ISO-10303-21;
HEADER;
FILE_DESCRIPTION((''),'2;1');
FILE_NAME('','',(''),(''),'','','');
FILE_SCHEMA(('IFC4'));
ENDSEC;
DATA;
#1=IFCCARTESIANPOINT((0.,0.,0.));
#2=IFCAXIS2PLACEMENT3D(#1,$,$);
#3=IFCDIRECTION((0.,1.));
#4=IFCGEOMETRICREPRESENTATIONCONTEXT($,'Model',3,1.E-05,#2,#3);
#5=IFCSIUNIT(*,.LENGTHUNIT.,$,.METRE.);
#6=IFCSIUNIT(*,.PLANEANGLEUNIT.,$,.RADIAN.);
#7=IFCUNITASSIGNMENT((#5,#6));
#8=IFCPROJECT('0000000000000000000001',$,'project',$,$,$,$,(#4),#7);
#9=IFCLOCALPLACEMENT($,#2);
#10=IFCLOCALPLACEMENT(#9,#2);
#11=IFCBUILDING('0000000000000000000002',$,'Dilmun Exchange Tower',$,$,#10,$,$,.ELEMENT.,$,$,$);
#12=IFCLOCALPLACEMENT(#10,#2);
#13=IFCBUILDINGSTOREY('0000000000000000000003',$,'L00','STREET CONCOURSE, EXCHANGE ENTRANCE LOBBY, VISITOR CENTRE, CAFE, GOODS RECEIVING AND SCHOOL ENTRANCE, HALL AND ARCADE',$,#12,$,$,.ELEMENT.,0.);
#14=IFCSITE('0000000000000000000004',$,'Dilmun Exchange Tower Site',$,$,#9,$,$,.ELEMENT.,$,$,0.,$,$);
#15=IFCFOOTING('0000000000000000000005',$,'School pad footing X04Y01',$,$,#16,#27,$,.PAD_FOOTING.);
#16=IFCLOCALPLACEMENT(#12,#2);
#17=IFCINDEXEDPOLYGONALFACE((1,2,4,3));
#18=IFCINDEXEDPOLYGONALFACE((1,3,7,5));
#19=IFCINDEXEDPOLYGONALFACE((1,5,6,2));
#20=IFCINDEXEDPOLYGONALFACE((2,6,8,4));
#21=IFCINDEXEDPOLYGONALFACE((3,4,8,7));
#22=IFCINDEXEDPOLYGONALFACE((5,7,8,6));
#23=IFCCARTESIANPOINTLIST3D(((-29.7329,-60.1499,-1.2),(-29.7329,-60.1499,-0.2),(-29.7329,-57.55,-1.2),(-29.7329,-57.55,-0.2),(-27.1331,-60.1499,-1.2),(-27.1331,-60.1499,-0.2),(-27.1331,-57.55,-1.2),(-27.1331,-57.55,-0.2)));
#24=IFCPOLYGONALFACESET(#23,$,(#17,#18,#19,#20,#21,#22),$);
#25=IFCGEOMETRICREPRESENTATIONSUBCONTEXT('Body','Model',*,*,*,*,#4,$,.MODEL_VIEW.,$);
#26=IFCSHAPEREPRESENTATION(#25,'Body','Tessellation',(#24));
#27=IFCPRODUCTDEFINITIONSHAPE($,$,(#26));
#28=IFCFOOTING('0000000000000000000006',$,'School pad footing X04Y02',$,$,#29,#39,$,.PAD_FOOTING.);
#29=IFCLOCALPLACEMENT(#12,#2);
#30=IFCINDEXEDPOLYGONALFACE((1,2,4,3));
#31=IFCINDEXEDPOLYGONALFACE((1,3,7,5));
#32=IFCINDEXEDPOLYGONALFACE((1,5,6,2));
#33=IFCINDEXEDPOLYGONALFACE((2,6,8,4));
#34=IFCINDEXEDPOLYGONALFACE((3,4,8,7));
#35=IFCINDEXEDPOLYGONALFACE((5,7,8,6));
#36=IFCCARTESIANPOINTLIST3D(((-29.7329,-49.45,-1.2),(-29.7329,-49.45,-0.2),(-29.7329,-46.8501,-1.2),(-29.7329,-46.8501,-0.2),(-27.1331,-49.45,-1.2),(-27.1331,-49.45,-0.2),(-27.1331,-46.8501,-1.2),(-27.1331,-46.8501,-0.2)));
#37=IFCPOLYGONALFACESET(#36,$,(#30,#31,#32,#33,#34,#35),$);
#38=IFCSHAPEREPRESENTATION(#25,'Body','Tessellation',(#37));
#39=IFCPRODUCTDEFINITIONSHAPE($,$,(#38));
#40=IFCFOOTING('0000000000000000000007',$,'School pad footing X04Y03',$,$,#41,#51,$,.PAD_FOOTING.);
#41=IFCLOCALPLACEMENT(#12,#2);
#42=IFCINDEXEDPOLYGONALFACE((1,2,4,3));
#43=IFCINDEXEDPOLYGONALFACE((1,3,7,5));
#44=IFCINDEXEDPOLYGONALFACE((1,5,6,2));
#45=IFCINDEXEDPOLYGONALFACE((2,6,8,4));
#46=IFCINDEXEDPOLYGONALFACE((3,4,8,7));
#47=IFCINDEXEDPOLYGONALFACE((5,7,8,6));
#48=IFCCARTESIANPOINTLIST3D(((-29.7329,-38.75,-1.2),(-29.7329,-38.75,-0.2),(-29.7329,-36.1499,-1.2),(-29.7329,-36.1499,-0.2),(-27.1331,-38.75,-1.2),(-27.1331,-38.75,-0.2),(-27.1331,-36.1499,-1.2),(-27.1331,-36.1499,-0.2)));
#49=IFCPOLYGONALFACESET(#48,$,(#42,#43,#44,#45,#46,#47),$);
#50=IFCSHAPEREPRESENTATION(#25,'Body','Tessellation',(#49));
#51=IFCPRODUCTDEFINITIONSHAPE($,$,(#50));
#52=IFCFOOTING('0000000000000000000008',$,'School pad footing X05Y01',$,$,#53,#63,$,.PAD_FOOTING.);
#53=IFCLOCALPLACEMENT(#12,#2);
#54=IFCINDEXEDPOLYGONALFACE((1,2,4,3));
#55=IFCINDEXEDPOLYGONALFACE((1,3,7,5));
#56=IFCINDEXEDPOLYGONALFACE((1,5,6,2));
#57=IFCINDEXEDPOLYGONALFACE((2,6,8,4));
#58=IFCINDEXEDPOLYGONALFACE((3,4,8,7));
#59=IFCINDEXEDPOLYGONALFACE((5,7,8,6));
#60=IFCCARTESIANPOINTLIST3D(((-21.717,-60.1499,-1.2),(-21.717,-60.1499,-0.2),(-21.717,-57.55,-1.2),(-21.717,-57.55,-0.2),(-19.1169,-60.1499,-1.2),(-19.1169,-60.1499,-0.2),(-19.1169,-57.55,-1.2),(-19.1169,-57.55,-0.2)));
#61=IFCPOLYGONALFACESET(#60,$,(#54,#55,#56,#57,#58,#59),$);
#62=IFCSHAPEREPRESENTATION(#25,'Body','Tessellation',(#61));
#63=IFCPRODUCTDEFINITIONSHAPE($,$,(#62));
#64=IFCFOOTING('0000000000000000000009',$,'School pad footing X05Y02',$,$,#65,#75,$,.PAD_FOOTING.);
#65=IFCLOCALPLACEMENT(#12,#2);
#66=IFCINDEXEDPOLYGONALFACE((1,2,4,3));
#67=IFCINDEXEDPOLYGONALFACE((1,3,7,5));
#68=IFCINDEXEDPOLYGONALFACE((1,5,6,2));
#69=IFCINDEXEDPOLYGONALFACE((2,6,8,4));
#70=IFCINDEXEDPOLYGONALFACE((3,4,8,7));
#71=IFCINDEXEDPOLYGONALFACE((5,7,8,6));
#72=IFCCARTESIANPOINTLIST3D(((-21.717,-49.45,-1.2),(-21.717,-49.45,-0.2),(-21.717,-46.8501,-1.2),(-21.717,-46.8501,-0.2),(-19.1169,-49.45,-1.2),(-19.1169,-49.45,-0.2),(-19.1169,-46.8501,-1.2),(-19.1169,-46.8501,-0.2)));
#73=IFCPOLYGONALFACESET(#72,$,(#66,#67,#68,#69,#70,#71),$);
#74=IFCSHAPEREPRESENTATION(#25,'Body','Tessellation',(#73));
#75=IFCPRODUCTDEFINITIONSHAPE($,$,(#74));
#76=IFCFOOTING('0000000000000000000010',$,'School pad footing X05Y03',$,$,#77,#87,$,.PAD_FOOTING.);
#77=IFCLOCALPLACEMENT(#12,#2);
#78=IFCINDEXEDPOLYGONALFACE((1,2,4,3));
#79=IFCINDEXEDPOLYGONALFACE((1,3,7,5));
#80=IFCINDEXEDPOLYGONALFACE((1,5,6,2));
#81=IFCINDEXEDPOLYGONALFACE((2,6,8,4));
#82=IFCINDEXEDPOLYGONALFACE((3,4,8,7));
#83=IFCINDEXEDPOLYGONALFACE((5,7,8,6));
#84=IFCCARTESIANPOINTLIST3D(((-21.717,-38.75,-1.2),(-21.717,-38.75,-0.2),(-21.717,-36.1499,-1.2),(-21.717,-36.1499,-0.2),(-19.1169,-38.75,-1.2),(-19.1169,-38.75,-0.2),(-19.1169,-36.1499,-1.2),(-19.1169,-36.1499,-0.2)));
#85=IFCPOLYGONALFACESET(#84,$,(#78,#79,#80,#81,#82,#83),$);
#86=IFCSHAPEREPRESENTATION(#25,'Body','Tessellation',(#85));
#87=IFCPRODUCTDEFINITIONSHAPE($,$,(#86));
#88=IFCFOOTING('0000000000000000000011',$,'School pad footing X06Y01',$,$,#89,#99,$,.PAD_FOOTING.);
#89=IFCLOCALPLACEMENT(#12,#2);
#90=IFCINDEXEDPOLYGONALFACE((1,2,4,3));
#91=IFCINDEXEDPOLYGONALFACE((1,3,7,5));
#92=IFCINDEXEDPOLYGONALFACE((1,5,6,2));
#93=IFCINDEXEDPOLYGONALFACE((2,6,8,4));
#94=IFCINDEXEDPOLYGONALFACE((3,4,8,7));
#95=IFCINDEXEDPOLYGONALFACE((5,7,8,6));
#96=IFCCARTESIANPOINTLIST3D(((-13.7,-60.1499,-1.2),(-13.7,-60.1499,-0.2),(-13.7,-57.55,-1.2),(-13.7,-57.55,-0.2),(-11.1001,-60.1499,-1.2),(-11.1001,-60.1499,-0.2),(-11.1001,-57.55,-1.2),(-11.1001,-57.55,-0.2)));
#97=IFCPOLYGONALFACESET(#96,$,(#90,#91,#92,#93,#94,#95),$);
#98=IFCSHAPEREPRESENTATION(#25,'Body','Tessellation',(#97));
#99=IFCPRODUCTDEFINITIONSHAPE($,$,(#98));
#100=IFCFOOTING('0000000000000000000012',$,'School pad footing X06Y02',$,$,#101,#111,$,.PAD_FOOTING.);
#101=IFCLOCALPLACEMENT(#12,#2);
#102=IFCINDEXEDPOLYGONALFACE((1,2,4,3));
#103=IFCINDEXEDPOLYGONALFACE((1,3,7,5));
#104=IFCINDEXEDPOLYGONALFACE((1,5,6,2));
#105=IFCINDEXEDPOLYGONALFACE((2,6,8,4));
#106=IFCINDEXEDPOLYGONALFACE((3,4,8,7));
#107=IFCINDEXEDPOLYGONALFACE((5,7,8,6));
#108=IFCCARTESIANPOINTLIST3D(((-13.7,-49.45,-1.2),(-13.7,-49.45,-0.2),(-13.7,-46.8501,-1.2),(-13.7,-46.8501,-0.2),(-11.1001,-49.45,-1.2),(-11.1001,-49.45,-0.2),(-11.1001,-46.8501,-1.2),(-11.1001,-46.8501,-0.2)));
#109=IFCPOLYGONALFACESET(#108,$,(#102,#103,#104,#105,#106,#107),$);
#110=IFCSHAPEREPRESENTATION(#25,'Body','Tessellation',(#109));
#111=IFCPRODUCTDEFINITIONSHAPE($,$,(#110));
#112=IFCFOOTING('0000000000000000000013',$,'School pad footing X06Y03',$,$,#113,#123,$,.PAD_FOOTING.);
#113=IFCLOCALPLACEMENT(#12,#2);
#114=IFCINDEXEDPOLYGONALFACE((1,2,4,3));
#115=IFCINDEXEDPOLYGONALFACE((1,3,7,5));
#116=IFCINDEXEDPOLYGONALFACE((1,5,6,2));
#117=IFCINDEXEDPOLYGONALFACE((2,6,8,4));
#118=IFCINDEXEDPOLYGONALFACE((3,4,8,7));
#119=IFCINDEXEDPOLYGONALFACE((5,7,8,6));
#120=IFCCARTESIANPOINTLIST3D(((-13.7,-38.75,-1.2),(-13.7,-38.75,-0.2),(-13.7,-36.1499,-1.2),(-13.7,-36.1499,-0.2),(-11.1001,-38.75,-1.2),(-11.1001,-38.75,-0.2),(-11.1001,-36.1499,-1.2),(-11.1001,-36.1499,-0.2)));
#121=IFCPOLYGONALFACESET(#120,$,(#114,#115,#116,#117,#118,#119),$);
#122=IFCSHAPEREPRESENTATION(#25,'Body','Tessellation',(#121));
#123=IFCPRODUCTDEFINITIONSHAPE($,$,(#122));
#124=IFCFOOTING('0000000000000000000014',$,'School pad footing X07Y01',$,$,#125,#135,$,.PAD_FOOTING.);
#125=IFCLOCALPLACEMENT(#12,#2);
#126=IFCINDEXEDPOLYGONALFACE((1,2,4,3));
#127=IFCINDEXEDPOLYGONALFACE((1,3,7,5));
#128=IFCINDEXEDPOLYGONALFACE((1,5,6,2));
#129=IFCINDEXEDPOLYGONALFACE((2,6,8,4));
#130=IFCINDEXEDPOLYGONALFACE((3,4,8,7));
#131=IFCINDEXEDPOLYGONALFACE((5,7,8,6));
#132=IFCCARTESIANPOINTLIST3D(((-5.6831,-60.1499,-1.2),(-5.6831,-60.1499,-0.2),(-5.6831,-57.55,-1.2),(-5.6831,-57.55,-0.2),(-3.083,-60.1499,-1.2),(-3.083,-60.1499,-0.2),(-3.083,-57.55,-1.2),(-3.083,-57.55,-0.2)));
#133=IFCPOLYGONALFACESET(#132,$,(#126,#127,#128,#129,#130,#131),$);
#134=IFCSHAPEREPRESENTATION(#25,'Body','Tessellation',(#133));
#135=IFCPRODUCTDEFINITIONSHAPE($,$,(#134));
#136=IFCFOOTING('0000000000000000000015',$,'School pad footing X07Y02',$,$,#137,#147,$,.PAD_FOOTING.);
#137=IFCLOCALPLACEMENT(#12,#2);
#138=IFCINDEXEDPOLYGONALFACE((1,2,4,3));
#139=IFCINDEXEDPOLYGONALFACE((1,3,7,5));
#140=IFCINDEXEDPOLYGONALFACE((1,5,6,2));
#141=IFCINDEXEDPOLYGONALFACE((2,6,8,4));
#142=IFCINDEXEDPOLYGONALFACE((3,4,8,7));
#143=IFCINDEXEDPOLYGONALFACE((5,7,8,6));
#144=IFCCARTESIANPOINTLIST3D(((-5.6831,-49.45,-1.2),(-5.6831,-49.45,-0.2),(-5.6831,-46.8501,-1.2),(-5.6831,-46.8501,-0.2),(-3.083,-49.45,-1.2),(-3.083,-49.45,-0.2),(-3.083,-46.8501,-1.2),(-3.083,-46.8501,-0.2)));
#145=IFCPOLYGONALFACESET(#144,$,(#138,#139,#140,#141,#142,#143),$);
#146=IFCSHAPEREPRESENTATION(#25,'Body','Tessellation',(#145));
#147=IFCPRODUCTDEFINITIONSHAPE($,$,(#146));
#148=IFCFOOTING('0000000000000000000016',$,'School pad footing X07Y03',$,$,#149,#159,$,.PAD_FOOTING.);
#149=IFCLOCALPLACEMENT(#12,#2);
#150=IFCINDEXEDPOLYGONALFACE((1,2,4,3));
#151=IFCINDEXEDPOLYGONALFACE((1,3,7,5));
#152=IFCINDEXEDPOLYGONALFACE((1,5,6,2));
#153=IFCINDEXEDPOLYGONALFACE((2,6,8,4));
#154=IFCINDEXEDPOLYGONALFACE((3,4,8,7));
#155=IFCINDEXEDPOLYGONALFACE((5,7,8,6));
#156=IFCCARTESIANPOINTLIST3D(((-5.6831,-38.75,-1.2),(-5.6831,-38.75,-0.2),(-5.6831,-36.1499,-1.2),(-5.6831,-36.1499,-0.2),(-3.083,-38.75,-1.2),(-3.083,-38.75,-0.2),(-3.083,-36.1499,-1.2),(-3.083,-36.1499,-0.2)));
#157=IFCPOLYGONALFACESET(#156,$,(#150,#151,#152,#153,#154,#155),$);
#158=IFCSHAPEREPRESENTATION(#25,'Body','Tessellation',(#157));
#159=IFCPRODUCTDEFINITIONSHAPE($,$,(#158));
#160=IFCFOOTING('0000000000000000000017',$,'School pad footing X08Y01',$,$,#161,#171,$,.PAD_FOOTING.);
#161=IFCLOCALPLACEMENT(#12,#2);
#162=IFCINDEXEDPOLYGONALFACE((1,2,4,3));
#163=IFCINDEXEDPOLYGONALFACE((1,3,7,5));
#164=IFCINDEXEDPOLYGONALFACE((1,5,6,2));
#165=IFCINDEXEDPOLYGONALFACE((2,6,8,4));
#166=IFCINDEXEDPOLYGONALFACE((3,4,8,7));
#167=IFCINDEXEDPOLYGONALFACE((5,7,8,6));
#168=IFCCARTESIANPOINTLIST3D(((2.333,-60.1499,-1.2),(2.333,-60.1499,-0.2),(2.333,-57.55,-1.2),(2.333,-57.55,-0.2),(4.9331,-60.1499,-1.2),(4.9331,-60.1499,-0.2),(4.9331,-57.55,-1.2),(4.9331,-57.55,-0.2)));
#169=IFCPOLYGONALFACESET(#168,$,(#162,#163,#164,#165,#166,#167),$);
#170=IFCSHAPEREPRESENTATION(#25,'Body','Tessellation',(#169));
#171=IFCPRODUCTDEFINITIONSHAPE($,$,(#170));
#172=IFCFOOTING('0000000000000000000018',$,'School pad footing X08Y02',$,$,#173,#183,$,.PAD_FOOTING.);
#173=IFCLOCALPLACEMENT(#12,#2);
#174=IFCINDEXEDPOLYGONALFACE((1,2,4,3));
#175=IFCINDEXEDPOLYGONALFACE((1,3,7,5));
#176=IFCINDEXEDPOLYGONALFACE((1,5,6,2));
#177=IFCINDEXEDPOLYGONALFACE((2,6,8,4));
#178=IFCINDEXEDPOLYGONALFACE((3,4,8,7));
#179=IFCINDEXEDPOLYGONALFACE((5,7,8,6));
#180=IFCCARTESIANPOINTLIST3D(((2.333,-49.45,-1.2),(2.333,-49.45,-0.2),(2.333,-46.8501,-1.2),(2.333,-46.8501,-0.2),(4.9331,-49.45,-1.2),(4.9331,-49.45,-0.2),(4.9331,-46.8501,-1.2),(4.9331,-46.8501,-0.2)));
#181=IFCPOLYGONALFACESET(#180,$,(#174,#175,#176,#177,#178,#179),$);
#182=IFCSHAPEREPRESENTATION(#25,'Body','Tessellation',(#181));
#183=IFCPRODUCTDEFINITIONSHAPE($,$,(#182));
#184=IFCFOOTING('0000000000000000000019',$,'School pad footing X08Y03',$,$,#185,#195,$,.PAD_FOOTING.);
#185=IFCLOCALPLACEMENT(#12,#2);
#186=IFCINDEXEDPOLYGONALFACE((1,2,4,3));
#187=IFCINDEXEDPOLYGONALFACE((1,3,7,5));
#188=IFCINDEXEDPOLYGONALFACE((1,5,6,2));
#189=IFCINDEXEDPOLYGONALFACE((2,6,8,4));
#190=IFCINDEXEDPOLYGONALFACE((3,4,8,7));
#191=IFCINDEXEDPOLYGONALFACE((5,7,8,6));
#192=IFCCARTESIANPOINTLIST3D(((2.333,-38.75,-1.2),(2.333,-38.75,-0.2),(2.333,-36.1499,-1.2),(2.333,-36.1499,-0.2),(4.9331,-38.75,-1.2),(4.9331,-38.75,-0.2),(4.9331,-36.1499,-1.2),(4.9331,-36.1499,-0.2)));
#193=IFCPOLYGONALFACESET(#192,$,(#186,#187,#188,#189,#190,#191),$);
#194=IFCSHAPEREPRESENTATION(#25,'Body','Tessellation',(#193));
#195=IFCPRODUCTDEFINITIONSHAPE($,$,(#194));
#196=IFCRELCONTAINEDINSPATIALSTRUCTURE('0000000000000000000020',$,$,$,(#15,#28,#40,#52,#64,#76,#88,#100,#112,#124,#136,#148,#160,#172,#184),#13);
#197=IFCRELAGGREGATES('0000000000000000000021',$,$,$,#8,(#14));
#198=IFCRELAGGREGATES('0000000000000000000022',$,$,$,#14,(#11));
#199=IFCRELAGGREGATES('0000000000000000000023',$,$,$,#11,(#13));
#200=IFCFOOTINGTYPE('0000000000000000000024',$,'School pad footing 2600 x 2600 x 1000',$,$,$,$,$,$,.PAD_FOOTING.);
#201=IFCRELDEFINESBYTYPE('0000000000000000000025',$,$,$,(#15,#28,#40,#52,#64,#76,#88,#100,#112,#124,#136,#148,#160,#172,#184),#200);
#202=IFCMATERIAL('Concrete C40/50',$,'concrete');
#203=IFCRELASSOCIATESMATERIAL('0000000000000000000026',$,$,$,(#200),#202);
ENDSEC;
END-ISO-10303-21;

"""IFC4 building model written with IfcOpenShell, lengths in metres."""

from ifc_helpers import new_model, si_unit, direction, frame, origin, place, context, subcontext, project, spatial, polyline, outline, extrude, material, type_object, element, save


model = new_model("IFC4")

# Units and contexts
model_context = context("Model", 3, precision=1e-05, world=origin(), true_north=direction((0.0, 1.0)))
body_context = subcontext(model_context, "Body", "Model", "MODEL_VIEW")
ifc_project = project(units=[si_unit("LENGTHUNIT", "METRE"), si_unit("PLANEANGLEUNIT", "RADIAN")], contexts=[model_context])

# Site, building, storey
site_placement = place(None, origin())
site = spatial("IfcSite", under=ifc_project, at=site_placement, Name="Dilmun Exchange Tower Site", CompositionType="ELEMENT", RefElevation=0.0)
building_placement = place(site_placement, origin())
building = spatial("IfcBuilding", under=site, at=building_placement, Name="Dilmun Exchange Tower", CompositionType="ELEMENT")
storey_placement = place(building_placement, origin())
storey = spatial("IfcBuildingStorey", under=building, at=storey_placement, Name="L00", Description="STREET CONCOURSE, EXCHANGE ENTRANCE LOBBY, VISITOR CENTRE, CAFE, GOODS RECEIVING AND SCHOOL ENTRANCE, HALL AND ARCADE", CompositionType="ELEMENT", Elevation=0.0)

# Footings
ifc_material = material(Name="Concrete C40/50", Category="concrete")
footing_type_1 = type_object("IfcFootingType", Name="School pad footing 2600 x 2600 x 1000", PredefinedType="PAD_FOOTING", material=ifc_material)
footing_1_placement = place(storey_placement, frame((0.0, 0.0, -1.2)))
element("IfcFooting", 1, at=footing_1_placement, inside=storey, type_object=footing_type_1, Name="School pad footing X04Y01", PredefinedType="PAD_FOOTING", context=body_context, shape_type="SweptSolid", body=[
    extrude(outline(polyline([(-29.7329, -60.1499), (-29.7329, -57.55), (-27.1331, -57.55), (-27.1331, -60.1499), (-29.7329, -60.1499)])), origin(), (0.0, 0.0, 1.0), 1.0),
])
footing_2_placement = place(storey_placement, frame((0.0, 0.0, -1.2)))
element("IfcFooting", 2, at=footing_2_placement, inside=storey, type_object=footing_type_1, Name="School pad footing X04Y02", PredefinedType="PAD_FOOTING", context=body_context, shape_type="SweptSolid", body=[
    extrude(outline(polyline([(-29.7329, -49.45), (-29.7329, -46.8501), (-27.1331, -46.8501), (-27.1331, -49.45), (-29.7329, -49.45)])), origin(), (0.0, 0.0, 1.0), 1.0),
])
footing_3_placement = place(storey_placement, frame((0.0, 0.0, -1.2)))
element("IfcFooting", 3, at=footing_3_placement, inside=storey, type_object=footing_type_1, Name="School pad footing X04Y03", PredefinedType="PAD_FOOTING", context=body_context, shape_type="SweptSolid", body=[
    extrude(outline(polyline([(-29.7329, -38.75), (-29.7329, -36.1499), (-27.1331, -36.1499), (-27.1331, -38.75), (-29.7329, -38.75)])), origin(), (0.0, 0.0, 1.0), 1.0),
])
footing_4_placement = place(storey_placement, frame((0.0, 0.0, -1.2)))
element("IfcFooting", 4, at=footing_4_placement, inside=storey, type_object=footing_type_1, Name="School pad footing X05Y01", PredefinedType="PAD_FOOTING", context=body_context, shape_type="SweptSolid", body=[
    extrude(outline(polyline([(-21.717, -60.1499), (-21.717, -57.55), (-19.1169, -57.55), (-19.1169, -60.1499), (-21.717, -60.1499)])), origin(), (0.0, 0.0, 1.0), 1.0),
])
footing_5_placement = place(storey_placement, frame((0.0, 0.0, -1.2)))
element("IfcFooting", 5, at=footing_5_placement, inside=storey, type_object=footing_type_1, Name="School pad footing X05Y02", PredefinedType="PAD_FOOTING", context=body_context, shape_type="SweptSolid", body=[
    extrude(outline(polyline([(-21.717, -49.45), (-21.717, -46.8501), (-19.1169, -46.8501), (-19.1169, -49.45), (-21.717, -49.45)])), origin(), (0.0, 0.0, 1.0), 1.0),
])
footing_6_placement = place(storey_placement, frame((0.0, 0.0, -1.2)))
element("IfcFooting", 6, at=footing_6_placement, inside=storey, type_object=footing_type_1, Name="School pad footing X05Y03", PredefinedType="PAD_FOOTING", context=body_context, shape_type="SweptSolid", body=[
    extrude(outline(polyline([(-21.717, -38.75), (-21.717, -36.1499), (-19.1169, -36.1499), (-19.1169, -38.75), (-21.717, -38.75)])), origin(), (0.0, 0.0, 1.0), 1.0),
])
footing_7_placement = place(storey_placement, frame((0.0, 0.0, -1.2)))
element("IfcFooting", 7, at=footing_7_placement, inside=storey, type_object=footing_type_1, Name="School pad footing X06Y01", PredefinedType="PAD_FOOTING", context=body_context, shape_type="SweptSolid", body=[
    extrude(outline(polyline([(-13.7, -60.1499), (-13.7, -57.55), (-11.1001, -57.55), (-11.1001, -60.1499), (-13.7, -60.1499)])), origin(), (0.0, 0.0, 1.0), 1.0),
])
footing_8_placement = place(storey_placement, frame((0.0, 0.0, -1.2)))
element("IfcFooting", 8, at=footing_8_placement, inside=storey, type_object=footing_type_1, Name="School pad footing X06Y02", PredefinedType="PAD_FOOTING", context=body_context, shape_type="SweptSolid", body=[
    extrude(outline(polyline([(-13.7, -49.45), (-13.7, -46.8501), (-11.1001, -46.8501), (-11.1001, -49.45), (-13.7, -49.45)])), origin(), (0.0, 0.0, 1.0), 1.0),
])
footing_9_placement = place(storey_placement, frame((0.0, 0.0, -1.2)))
element("IfcFooting", 9, at=footing_9_placement, inside=storey, type_object=footing_type_1, Name="School pad footing X06Y03", PredefinedType="PAD_FOOTING", context=body_context, shape_type="SweptSolid", body=[
    extrude(outline(polyline([(-13.7, -38.75), (-13.7, -36.1499), (-11.1001, -36.1499), (-11.1001, -38.75), (-13.7, -38.75)])), origin(), (0.0, 0.0, 1.0), 1.0),
])
footing_10_placement = place(storey_placement, frame((0.0, 0.0, -1.2)))
element("IfcFooting", 10, at=footing_10_placement, inside=storey, type_object=footing_type_1, Name="School pad footing X07Y01", PredefinedType="PAD_FOOTING", context=body_context, shape_type="SweptSolid", body=[
    extrude(outline(polyline([(-5.6831, -60.1499), (-5.6831, -57.55), (-3.083, -57.55), (-3.083, -60.1499), (-5.6831, -60.1499)])), origin(), (0.0, 0.0, 1.0), 1.0),
])
footing_11_placement = place(storey_placement, frame((0.0, 0.0, -1.2)))
element("IfcFooting", 11, at=footing_11_placement, inside=storey, type_object=footing_type_1, Name="School pad footing X07Y02", PredefinedType="PAD_FOOTING", context=body_context, shape_type="SweptSolid", body=[
    extrude(outline(polyline([(-5.6831, -49.45), (-5.6831, -46.8501), (-3.083, -46.8501), (-3.083, -49.45), (-5.6831, -49.45)])), origin(), (0.0, 0.0, 1.0), 1.0),
])
footing_12_placement = place(storey_placement, frame((0.0, 0.0, -1.2)))
element("IfcFooting", 12, at=footing_12_placement, inside=storey, type_object=footing_type_1, Name="School pad footing X07Y03", PredefinedType="PAD_FOOTING", context=body_context, shape_type="SweptSolid", body=[
    extrude(outline(polyline([(-5.6831, -38.75), (-5.6831, -36.1499), (-3.083, -36.1499), (-3.083, -38.75), (-5.6831, -38.75)])), origin(), (0.0, 0.0, 1.0), 1.0),
])
footing_13_placement = place(storey_placement, frame((0.0, 0.0, -1.2)))
element("IfcFooting", 13, at=footing_13_placement, inside=storey, type_object=footing_type_1, Name="School pad footing X08Y01", PredefinedType="PAD_FOOTING", context=body_context, shape_type="SweptSolid", body=[
    extrude(outline(polyline([(2.333, -60.1499), (2.333, -57.55), (4.9331, -57.55), (4.9331, -60.1499), (2.333, -60.1499)])), origin(), (0.0, 0.0, 1.0), 1.0),
])
footing_14_placement = place(storey_placement, frame((0.0, 0.0, -1.2)))
element("IfcFooting", 14, at=footing_14_placement, inside=storey, type_object=footing_type_1, Name="School pad footing X08Y02", PredefinedType="PAD_FOOTING", context=body_context, shape_type="SweptSolid", body=[
    extrude(outline(polyline([(2.333, -49.45), (2.333, -46.8501), (4.9331, -46.8501), (4.9331, -49.45), (2.333, -49.45)])), origin(), (0.0, 0.0, 1.0), 1.0),
])
footing_15_placement = place(storey_placement, frame((0.0, 0.0, -1.2)))
element("IfcFooting", 15, at=footing_15_placement, inside=storey, type_object=footing_type_1, Name="School pad footing X08Y03", PredefinedType="PAD_FOOTING", context=body_context, shape_type="SweptSolid", body=[
    extrude(outline(polyline([(2.333, -38.75), (2.333, -36.1499), (4.9331, -36.1499), (4.9331, -38.75), (2.333, -38.75)])), origin(), (0.0, 0.0, 1.0), 1.0),
])

save(model, "model.ifc")
